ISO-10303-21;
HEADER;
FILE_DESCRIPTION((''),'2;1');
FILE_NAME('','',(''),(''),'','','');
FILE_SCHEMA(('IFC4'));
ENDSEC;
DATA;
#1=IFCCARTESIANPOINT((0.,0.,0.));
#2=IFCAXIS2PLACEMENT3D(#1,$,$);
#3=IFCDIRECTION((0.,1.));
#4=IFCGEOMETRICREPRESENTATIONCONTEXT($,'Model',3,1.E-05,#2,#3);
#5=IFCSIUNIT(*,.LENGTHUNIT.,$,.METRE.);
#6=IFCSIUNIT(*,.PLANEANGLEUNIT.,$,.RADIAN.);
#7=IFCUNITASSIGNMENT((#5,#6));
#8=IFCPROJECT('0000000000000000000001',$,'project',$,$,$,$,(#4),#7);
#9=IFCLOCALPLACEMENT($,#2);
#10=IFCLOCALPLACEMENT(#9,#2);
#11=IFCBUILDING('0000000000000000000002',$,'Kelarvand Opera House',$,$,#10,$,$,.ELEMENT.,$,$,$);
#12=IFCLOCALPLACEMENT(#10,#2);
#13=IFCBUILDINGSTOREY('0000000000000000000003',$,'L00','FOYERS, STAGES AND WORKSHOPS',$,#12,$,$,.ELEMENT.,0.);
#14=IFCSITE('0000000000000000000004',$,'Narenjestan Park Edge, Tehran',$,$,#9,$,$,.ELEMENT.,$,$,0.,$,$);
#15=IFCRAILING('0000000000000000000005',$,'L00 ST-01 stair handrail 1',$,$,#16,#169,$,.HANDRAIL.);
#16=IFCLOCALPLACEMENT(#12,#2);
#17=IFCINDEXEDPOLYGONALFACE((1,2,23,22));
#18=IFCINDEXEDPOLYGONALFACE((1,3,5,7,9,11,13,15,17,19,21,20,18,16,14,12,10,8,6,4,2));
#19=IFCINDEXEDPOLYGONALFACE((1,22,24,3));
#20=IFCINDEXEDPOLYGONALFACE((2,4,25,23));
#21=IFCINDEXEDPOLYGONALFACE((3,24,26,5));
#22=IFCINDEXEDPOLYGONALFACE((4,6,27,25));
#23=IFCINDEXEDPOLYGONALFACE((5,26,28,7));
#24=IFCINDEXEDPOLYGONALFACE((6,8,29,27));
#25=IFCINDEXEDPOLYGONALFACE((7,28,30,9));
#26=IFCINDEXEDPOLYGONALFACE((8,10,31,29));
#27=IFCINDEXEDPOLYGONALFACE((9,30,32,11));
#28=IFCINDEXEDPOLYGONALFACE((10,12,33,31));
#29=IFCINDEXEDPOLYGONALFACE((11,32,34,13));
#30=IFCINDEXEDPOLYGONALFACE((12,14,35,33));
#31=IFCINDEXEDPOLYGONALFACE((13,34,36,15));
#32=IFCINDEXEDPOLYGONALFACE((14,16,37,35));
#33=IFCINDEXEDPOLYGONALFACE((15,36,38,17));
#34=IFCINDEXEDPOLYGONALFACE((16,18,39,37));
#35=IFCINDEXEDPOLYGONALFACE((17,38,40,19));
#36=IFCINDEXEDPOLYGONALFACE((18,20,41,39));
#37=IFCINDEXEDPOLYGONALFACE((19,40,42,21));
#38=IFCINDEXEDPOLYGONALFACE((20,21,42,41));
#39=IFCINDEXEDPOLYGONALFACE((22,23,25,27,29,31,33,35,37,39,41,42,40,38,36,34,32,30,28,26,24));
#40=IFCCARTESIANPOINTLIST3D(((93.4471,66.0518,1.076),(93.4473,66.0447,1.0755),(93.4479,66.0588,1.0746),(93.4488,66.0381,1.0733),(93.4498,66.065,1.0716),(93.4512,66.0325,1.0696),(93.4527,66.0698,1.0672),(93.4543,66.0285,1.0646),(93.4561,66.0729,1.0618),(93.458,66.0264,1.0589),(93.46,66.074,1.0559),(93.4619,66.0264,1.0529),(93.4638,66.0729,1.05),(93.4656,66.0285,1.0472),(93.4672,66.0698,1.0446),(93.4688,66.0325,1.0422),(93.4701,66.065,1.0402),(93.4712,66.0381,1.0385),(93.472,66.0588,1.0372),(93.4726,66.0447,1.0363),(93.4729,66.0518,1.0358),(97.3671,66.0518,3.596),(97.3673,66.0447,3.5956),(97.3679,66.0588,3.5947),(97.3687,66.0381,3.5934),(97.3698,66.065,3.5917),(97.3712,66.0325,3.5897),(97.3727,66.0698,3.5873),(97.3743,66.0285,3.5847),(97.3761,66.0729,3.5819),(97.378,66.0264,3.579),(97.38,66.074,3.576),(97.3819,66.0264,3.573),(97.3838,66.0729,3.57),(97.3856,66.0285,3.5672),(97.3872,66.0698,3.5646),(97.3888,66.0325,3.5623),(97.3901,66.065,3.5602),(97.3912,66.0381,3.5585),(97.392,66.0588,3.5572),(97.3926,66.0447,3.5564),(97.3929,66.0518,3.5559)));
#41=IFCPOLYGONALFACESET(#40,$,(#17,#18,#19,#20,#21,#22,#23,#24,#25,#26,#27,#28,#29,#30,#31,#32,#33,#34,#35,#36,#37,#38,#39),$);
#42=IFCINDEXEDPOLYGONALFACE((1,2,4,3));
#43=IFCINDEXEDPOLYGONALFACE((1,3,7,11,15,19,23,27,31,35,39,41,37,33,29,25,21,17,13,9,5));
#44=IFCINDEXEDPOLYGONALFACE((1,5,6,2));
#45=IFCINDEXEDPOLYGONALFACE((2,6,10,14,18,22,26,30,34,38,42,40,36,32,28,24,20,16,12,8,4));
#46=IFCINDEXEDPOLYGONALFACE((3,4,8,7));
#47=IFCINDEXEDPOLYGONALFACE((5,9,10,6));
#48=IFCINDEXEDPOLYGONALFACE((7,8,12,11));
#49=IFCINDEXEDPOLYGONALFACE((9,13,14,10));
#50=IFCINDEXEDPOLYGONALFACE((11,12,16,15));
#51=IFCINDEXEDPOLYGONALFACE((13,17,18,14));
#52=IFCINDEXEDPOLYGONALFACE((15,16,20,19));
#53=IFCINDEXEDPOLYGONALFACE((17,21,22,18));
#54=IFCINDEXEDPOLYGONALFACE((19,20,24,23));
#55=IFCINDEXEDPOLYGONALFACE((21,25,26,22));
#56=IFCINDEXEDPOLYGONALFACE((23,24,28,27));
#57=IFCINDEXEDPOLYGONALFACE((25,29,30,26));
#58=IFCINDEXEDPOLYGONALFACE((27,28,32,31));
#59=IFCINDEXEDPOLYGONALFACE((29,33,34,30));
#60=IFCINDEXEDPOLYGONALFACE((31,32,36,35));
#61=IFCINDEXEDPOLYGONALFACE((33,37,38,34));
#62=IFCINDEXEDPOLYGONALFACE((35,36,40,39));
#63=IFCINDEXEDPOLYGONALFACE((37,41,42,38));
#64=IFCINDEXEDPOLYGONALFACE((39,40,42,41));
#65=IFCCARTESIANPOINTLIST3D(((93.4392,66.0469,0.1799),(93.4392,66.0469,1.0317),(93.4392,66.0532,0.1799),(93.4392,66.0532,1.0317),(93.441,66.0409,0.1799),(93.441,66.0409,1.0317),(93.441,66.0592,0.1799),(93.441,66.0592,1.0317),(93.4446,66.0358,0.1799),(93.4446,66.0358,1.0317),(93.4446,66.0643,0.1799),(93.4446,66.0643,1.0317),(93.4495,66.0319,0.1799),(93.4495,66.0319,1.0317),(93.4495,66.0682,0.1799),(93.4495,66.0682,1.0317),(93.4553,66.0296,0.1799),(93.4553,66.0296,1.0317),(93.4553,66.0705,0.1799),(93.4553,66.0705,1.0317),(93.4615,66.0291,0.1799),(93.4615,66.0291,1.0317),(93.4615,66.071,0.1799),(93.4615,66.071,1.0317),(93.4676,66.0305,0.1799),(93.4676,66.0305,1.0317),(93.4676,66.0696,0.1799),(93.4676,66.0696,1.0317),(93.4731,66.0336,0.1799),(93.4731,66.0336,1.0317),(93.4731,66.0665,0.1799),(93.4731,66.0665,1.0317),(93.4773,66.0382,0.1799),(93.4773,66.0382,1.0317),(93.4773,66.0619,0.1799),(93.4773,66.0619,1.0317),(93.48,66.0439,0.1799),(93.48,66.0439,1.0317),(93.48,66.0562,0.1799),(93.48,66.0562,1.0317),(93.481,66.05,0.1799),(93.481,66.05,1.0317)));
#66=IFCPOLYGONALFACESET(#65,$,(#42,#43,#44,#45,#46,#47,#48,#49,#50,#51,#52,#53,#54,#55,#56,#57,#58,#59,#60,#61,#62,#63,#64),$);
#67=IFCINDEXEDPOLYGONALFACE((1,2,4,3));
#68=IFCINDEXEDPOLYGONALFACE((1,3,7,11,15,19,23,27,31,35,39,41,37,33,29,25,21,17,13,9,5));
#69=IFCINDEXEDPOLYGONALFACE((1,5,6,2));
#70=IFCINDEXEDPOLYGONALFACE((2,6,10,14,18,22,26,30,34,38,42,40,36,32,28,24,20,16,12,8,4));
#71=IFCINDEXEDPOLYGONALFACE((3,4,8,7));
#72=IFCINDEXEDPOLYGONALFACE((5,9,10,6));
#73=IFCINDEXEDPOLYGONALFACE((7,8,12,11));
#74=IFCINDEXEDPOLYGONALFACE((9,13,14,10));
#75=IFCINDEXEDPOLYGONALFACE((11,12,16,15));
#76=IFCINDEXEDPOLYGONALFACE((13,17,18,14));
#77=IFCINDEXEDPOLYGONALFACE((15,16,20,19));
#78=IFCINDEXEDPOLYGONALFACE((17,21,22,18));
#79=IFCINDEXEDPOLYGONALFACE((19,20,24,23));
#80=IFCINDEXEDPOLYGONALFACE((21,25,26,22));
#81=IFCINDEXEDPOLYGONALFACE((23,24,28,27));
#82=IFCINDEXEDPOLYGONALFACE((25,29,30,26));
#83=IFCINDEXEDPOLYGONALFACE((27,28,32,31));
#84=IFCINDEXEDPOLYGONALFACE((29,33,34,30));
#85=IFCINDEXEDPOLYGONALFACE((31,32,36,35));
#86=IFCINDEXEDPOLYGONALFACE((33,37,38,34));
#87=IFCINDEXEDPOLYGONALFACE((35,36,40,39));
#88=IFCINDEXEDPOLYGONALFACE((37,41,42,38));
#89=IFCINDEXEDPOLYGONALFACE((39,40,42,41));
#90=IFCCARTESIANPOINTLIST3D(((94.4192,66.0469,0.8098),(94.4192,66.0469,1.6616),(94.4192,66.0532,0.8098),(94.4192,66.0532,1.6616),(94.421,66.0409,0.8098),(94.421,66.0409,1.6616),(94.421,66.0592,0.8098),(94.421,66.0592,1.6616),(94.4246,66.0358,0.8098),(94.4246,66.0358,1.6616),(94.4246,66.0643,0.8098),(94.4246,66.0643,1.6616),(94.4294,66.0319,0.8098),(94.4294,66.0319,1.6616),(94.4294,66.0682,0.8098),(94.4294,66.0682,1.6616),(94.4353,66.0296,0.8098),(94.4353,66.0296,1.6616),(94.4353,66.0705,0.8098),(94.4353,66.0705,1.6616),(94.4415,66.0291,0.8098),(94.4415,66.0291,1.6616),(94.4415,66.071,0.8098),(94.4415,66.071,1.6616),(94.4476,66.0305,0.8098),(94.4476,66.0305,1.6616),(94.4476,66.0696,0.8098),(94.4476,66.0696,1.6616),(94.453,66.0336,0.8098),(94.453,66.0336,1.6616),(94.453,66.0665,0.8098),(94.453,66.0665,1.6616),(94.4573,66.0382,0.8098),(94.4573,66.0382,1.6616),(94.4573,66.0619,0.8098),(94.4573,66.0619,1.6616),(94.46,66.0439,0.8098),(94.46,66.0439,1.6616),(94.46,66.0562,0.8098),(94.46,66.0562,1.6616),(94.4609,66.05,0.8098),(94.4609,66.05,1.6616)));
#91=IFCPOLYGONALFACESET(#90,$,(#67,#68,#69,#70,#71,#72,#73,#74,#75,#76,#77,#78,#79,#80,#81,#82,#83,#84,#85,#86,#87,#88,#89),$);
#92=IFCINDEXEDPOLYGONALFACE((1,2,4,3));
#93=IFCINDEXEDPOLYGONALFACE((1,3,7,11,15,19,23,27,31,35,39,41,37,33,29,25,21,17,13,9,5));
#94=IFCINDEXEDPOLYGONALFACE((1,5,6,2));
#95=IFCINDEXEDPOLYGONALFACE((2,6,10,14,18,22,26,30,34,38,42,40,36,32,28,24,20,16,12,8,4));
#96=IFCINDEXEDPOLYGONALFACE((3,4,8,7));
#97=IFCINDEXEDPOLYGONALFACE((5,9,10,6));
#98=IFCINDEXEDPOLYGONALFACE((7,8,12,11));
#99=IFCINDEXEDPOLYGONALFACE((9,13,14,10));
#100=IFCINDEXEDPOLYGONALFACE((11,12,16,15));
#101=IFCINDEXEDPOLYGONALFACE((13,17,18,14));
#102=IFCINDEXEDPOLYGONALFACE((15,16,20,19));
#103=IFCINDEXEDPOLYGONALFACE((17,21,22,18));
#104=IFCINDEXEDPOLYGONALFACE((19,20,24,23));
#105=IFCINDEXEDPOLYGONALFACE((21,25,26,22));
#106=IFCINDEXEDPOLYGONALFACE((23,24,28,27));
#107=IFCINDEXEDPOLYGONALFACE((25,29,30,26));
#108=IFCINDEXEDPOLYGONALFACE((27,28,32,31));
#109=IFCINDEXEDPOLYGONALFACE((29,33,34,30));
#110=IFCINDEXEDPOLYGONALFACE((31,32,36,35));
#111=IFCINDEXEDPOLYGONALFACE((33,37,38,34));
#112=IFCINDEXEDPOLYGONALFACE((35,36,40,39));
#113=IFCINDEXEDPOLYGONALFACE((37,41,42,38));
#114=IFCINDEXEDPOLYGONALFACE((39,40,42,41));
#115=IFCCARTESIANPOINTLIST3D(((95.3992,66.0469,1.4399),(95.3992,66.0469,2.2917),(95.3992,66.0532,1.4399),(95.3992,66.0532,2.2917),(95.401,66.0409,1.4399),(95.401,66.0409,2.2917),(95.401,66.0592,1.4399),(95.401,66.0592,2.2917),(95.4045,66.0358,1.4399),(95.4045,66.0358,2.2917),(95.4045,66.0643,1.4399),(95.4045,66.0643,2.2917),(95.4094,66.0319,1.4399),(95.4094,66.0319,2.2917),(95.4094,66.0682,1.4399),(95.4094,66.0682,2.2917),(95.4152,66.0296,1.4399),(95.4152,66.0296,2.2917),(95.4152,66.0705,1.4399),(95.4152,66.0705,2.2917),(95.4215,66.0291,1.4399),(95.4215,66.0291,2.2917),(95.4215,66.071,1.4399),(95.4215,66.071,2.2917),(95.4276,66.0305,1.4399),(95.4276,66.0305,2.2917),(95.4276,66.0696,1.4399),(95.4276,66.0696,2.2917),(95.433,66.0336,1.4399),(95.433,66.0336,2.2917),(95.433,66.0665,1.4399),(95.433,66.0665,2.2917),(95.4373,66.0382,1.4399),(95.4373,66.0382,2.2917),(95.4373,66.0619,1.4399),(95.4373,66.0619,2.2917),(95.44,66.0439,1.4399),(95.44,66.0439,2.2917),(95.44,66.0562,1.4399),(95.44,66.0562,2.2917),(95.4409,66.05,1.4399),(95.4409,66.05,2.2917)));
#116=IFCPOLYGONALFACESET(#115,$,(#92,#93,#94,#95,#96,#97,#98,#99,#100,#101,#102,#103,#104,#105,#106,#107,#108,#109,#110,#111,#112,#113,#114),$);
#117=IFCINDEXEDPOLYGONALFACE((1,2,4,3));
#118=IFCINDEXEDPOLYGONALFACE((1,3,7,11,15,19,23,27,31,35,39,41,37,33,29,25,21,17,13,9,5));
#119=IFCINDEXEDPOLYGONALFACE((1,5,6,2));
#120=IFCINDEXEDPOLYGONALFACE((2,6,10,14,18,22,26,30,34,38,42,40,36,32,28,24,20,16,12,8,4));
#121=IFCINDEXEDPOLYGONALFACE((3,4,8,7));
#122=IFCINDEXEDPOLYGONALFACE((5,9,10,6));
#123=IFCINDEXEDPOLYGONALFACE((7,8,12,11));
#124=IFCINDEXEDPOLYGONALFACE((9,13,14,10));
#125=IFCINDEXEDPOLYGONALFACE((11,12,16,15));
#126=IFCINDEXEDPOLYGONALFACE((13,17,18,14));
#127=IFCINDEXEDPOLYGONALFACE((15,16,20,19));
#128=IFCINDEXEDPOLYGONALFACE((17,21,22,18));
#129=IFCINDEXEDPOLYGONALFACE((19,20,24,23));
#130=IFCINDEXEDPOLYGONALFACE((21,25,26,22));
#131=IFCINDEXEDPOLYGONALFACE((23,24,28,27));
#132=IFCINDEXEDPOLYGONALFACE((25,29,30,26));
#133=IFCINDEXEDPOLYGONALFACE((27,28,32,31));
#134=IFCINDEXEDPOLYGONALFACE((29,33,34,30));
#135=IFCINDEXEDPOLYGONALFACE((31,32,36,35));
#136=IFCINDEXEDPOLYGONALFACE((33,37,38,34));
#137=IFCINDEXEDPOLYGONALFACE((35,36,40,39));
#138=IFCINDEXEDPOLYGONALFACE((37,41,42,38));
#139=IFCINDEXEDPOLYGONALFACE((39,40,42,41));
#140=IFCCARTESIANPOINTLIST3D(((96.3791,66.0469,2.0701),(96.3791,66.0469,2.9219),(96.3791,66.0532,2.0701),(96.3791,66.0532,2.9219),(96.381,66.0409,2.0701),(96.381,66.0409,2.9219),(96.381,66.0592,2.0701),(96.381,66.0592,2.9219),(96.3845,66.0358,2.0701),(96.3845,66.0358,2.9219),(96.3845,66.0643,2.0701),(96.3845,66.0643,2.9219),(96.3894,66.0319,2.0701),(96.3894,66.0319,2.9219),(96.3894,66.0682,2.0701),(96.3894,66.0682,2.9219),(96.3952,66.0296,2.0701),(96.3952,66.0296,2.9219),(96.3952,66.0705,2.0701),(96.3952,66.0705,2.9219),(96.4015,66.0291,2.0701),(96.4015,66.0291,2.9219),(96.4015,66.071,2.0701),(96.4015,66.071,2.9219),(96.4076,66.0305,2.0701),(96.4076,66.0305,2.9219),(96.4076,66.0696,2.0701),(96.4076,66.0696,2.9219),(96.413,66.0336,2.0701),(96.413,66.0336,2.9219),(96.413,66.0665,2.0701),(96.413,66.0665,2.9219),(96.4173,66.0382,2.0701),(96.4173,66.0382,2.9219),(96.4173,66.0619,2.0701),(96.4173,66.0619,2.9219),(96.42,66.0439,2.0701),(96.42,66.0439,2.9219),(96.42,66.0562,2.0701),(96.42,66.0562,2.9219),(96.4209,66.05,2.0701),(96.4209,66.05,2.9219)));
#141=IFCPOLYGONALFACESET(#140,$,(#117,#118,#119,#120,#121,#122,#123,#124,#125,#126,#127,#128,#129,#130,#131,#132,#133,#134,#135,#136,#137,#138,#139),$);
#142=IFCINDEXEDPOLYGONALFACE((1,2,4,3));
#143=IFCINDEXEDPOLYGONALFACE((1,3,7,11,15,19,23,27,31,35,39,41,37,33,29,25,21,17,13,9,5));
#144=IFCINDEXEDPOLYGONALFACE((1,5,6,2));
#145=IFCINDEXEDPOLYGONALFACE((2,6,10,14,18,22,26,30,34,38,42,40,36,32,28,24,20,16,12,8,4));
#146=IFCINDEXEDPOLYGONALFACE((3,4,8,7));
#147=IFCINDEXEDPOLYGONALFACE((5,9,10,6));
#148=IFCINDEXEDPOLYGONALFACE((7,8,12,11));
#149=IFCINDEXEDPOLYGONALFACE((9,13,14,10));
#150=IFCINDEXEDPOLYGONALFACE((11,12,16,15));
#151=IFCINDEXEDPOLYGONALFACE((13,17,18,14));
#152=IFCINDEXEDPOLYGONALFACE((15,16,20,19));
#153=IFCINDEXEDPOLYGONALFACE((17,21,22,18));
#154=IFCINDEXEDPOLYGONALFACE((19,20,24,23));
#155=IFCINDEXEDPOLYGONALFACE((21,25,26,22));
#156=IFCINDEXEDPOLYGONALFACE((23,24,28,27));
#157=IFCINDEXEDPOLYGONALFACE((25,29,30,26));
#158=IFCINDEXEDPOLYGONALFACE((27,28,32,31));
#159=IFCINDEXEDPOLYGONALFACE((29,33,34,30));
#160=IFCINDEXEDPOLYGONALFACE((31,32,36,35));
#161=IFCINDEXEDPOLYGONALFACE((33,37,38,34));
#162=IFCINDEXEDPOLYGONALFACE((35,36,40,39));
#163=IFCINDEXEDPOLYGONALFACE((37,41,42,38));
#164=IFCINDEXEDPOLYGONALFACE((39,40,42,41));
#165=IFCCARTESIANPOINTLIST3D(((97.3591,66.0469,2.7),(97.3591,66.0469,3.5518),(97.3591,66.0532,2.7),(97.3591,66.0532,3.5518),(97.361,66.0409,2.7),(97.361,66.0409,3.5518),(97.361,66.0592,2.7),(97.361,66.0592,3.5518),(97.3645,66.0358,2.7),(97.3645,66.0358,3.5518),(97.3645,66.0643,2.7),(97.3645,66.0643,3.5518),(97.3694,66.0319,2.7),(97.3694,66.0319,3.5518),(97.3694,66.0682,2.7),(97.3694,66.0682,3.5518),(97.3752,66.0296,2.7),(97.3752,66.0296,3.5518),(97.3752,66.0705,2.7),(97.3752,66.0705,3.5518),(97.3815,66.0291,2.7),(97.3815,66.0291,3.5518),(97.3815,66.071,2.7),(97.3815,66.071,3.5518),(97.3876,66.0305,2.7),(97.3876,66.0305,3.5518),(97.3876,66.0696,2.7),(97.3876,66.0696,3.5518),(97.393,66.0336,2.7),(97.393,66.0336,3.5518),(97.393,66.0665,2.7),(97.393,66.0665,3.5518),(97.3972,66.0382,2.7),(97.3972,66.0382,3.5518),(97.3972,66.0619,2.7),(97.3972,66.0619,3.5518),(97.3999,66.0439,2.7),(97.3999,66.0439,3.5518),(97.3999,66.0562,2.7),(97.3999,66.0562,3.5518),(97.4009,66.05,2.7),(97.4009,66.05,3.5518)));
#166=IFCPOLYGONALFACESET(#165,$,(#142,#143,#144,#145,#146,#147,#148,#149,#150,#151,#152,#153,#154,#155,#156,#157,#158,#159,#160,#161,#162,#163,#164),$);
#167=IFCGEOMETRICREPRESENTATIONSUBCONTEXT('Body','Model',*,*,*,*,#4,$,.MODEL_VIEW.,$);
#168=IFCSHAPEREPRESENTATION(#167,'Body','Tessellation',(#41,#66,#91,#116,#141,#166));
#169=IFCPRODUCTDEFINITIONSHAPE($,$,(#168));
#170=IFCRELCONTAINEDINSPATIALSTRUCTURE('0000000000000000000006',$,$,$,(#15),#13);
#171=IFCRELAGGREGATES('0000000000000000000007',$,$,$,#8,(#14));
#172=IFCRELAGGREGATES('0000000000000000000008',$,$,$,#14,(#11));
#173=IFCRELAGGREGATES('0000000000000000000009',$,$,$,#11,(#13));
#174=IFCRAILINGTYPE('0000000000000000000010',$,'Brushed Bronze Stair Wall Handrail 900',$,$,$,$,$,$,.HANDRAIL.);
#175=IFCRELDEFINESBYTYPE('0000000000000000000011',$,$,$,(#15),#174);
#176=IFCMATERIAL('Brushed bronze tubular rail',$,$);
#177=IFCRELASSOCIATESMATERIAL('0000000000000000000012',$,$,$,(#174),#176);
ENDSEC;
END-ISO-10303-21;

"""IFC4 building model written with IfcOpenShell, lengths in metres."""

from ifc_helpers import new_model, si_unit, direction, frame, origin, origin_2d, place, context, subcontext, project, spatial, circle, extrude, material, type_object, element, save


model = new_model("IFC4")

# Units and contexts
model_context = context("Model", 3, precision=1e-05, world=origin(), true_north=direction((0.0, 1.0)))
body_context = subcontext(model_context, "Body", "Model", "MODEL_VIEW")
ifc_project = project(units=[si_unit("LENGTHUNIT", "METRE"), si_unit("PLANEANGLEUNIT", "RADIAN")], contexts=[model_context])

# Site, building, storey
site_placement = place(None, origin())
site = spatial("IfcSite", under=ifc_project, at=site_placement, Name="Narenjestan Park Edge, Tehran", CompositionType="ELEMENT", RefElevation=0.0)
building_placement = place(site_placement, origin())
building = spatial("IfcBuilding", under=site, at=building_placement, Name="Kelarvand Opera House", CompositionType="ELEMENT")
storey_placement = place(building_placement, origin())
storey = spatial("IfcBuildingStorey", under=building, at=storey_placement, Name="L00", Description="FOYERS, STAGES AND WORKSHOPS", CompositionType="ELEMENT", Elevation=0.0)

# Railing
ifc_material_1 = material(Name="Brushed bronze tubular rail")
railing_type_1 = type_object("IfcRailingType", Name="Brushed Bronze Stair Wall Handrail 900", PredefinedType="HANDRAIL", material=ifc_material_1)
railing_1_placement = place(storey_placement, frame((93.46, 66.05, 0.1799)))
element("IfcRailing", 1, at=railing_1_placement, inside=storey, type_object=railing_type_1, Name="L00 ST-01 stair handrail 1", PredefinedType="HANDRAIL", context=body_context, shape_type="SweptSolid", body=[
    extrude(circle(Radius=0.0239, at=origin_2d()), frame((0.0, 0.0, 0.876), z_axis=(0.841172, 0.0, 0.540768), x_axis=(0.0, 1.0, 0.0)), (0.0, 0.0, 1.0), 4.6602),
    extrude(circle(Radius=0.021, at=origin_2d()), origin(), (0.0, 0.0, 1.0), 0.8518),
    extrude(circle(Radius=0.021, at=origin_2d()), frame((0.98, 0.0, 0.6299)), (0.0, 0.0, 1.0), 0.8518),
    extrude(circle(Radius=0.021, at=origin_2d()), frame((1.96, 0.0, 1.26)), (0.0, 0.0, 1.0), 0.8518),
    extrude(circle(Radius=0.021, at=origin_2d()), frame((2.9399, 0.0, 1.8901)), (0.0, 0.0, 1.0), 0.8518),
    extrude(circle(Radius=0.021, at=origin_2d()), frame((3.9199, 0.0, 2.52)), (0.0, 0.0, 1.0), 0.8518),
])

save(model, "model.ifc")
